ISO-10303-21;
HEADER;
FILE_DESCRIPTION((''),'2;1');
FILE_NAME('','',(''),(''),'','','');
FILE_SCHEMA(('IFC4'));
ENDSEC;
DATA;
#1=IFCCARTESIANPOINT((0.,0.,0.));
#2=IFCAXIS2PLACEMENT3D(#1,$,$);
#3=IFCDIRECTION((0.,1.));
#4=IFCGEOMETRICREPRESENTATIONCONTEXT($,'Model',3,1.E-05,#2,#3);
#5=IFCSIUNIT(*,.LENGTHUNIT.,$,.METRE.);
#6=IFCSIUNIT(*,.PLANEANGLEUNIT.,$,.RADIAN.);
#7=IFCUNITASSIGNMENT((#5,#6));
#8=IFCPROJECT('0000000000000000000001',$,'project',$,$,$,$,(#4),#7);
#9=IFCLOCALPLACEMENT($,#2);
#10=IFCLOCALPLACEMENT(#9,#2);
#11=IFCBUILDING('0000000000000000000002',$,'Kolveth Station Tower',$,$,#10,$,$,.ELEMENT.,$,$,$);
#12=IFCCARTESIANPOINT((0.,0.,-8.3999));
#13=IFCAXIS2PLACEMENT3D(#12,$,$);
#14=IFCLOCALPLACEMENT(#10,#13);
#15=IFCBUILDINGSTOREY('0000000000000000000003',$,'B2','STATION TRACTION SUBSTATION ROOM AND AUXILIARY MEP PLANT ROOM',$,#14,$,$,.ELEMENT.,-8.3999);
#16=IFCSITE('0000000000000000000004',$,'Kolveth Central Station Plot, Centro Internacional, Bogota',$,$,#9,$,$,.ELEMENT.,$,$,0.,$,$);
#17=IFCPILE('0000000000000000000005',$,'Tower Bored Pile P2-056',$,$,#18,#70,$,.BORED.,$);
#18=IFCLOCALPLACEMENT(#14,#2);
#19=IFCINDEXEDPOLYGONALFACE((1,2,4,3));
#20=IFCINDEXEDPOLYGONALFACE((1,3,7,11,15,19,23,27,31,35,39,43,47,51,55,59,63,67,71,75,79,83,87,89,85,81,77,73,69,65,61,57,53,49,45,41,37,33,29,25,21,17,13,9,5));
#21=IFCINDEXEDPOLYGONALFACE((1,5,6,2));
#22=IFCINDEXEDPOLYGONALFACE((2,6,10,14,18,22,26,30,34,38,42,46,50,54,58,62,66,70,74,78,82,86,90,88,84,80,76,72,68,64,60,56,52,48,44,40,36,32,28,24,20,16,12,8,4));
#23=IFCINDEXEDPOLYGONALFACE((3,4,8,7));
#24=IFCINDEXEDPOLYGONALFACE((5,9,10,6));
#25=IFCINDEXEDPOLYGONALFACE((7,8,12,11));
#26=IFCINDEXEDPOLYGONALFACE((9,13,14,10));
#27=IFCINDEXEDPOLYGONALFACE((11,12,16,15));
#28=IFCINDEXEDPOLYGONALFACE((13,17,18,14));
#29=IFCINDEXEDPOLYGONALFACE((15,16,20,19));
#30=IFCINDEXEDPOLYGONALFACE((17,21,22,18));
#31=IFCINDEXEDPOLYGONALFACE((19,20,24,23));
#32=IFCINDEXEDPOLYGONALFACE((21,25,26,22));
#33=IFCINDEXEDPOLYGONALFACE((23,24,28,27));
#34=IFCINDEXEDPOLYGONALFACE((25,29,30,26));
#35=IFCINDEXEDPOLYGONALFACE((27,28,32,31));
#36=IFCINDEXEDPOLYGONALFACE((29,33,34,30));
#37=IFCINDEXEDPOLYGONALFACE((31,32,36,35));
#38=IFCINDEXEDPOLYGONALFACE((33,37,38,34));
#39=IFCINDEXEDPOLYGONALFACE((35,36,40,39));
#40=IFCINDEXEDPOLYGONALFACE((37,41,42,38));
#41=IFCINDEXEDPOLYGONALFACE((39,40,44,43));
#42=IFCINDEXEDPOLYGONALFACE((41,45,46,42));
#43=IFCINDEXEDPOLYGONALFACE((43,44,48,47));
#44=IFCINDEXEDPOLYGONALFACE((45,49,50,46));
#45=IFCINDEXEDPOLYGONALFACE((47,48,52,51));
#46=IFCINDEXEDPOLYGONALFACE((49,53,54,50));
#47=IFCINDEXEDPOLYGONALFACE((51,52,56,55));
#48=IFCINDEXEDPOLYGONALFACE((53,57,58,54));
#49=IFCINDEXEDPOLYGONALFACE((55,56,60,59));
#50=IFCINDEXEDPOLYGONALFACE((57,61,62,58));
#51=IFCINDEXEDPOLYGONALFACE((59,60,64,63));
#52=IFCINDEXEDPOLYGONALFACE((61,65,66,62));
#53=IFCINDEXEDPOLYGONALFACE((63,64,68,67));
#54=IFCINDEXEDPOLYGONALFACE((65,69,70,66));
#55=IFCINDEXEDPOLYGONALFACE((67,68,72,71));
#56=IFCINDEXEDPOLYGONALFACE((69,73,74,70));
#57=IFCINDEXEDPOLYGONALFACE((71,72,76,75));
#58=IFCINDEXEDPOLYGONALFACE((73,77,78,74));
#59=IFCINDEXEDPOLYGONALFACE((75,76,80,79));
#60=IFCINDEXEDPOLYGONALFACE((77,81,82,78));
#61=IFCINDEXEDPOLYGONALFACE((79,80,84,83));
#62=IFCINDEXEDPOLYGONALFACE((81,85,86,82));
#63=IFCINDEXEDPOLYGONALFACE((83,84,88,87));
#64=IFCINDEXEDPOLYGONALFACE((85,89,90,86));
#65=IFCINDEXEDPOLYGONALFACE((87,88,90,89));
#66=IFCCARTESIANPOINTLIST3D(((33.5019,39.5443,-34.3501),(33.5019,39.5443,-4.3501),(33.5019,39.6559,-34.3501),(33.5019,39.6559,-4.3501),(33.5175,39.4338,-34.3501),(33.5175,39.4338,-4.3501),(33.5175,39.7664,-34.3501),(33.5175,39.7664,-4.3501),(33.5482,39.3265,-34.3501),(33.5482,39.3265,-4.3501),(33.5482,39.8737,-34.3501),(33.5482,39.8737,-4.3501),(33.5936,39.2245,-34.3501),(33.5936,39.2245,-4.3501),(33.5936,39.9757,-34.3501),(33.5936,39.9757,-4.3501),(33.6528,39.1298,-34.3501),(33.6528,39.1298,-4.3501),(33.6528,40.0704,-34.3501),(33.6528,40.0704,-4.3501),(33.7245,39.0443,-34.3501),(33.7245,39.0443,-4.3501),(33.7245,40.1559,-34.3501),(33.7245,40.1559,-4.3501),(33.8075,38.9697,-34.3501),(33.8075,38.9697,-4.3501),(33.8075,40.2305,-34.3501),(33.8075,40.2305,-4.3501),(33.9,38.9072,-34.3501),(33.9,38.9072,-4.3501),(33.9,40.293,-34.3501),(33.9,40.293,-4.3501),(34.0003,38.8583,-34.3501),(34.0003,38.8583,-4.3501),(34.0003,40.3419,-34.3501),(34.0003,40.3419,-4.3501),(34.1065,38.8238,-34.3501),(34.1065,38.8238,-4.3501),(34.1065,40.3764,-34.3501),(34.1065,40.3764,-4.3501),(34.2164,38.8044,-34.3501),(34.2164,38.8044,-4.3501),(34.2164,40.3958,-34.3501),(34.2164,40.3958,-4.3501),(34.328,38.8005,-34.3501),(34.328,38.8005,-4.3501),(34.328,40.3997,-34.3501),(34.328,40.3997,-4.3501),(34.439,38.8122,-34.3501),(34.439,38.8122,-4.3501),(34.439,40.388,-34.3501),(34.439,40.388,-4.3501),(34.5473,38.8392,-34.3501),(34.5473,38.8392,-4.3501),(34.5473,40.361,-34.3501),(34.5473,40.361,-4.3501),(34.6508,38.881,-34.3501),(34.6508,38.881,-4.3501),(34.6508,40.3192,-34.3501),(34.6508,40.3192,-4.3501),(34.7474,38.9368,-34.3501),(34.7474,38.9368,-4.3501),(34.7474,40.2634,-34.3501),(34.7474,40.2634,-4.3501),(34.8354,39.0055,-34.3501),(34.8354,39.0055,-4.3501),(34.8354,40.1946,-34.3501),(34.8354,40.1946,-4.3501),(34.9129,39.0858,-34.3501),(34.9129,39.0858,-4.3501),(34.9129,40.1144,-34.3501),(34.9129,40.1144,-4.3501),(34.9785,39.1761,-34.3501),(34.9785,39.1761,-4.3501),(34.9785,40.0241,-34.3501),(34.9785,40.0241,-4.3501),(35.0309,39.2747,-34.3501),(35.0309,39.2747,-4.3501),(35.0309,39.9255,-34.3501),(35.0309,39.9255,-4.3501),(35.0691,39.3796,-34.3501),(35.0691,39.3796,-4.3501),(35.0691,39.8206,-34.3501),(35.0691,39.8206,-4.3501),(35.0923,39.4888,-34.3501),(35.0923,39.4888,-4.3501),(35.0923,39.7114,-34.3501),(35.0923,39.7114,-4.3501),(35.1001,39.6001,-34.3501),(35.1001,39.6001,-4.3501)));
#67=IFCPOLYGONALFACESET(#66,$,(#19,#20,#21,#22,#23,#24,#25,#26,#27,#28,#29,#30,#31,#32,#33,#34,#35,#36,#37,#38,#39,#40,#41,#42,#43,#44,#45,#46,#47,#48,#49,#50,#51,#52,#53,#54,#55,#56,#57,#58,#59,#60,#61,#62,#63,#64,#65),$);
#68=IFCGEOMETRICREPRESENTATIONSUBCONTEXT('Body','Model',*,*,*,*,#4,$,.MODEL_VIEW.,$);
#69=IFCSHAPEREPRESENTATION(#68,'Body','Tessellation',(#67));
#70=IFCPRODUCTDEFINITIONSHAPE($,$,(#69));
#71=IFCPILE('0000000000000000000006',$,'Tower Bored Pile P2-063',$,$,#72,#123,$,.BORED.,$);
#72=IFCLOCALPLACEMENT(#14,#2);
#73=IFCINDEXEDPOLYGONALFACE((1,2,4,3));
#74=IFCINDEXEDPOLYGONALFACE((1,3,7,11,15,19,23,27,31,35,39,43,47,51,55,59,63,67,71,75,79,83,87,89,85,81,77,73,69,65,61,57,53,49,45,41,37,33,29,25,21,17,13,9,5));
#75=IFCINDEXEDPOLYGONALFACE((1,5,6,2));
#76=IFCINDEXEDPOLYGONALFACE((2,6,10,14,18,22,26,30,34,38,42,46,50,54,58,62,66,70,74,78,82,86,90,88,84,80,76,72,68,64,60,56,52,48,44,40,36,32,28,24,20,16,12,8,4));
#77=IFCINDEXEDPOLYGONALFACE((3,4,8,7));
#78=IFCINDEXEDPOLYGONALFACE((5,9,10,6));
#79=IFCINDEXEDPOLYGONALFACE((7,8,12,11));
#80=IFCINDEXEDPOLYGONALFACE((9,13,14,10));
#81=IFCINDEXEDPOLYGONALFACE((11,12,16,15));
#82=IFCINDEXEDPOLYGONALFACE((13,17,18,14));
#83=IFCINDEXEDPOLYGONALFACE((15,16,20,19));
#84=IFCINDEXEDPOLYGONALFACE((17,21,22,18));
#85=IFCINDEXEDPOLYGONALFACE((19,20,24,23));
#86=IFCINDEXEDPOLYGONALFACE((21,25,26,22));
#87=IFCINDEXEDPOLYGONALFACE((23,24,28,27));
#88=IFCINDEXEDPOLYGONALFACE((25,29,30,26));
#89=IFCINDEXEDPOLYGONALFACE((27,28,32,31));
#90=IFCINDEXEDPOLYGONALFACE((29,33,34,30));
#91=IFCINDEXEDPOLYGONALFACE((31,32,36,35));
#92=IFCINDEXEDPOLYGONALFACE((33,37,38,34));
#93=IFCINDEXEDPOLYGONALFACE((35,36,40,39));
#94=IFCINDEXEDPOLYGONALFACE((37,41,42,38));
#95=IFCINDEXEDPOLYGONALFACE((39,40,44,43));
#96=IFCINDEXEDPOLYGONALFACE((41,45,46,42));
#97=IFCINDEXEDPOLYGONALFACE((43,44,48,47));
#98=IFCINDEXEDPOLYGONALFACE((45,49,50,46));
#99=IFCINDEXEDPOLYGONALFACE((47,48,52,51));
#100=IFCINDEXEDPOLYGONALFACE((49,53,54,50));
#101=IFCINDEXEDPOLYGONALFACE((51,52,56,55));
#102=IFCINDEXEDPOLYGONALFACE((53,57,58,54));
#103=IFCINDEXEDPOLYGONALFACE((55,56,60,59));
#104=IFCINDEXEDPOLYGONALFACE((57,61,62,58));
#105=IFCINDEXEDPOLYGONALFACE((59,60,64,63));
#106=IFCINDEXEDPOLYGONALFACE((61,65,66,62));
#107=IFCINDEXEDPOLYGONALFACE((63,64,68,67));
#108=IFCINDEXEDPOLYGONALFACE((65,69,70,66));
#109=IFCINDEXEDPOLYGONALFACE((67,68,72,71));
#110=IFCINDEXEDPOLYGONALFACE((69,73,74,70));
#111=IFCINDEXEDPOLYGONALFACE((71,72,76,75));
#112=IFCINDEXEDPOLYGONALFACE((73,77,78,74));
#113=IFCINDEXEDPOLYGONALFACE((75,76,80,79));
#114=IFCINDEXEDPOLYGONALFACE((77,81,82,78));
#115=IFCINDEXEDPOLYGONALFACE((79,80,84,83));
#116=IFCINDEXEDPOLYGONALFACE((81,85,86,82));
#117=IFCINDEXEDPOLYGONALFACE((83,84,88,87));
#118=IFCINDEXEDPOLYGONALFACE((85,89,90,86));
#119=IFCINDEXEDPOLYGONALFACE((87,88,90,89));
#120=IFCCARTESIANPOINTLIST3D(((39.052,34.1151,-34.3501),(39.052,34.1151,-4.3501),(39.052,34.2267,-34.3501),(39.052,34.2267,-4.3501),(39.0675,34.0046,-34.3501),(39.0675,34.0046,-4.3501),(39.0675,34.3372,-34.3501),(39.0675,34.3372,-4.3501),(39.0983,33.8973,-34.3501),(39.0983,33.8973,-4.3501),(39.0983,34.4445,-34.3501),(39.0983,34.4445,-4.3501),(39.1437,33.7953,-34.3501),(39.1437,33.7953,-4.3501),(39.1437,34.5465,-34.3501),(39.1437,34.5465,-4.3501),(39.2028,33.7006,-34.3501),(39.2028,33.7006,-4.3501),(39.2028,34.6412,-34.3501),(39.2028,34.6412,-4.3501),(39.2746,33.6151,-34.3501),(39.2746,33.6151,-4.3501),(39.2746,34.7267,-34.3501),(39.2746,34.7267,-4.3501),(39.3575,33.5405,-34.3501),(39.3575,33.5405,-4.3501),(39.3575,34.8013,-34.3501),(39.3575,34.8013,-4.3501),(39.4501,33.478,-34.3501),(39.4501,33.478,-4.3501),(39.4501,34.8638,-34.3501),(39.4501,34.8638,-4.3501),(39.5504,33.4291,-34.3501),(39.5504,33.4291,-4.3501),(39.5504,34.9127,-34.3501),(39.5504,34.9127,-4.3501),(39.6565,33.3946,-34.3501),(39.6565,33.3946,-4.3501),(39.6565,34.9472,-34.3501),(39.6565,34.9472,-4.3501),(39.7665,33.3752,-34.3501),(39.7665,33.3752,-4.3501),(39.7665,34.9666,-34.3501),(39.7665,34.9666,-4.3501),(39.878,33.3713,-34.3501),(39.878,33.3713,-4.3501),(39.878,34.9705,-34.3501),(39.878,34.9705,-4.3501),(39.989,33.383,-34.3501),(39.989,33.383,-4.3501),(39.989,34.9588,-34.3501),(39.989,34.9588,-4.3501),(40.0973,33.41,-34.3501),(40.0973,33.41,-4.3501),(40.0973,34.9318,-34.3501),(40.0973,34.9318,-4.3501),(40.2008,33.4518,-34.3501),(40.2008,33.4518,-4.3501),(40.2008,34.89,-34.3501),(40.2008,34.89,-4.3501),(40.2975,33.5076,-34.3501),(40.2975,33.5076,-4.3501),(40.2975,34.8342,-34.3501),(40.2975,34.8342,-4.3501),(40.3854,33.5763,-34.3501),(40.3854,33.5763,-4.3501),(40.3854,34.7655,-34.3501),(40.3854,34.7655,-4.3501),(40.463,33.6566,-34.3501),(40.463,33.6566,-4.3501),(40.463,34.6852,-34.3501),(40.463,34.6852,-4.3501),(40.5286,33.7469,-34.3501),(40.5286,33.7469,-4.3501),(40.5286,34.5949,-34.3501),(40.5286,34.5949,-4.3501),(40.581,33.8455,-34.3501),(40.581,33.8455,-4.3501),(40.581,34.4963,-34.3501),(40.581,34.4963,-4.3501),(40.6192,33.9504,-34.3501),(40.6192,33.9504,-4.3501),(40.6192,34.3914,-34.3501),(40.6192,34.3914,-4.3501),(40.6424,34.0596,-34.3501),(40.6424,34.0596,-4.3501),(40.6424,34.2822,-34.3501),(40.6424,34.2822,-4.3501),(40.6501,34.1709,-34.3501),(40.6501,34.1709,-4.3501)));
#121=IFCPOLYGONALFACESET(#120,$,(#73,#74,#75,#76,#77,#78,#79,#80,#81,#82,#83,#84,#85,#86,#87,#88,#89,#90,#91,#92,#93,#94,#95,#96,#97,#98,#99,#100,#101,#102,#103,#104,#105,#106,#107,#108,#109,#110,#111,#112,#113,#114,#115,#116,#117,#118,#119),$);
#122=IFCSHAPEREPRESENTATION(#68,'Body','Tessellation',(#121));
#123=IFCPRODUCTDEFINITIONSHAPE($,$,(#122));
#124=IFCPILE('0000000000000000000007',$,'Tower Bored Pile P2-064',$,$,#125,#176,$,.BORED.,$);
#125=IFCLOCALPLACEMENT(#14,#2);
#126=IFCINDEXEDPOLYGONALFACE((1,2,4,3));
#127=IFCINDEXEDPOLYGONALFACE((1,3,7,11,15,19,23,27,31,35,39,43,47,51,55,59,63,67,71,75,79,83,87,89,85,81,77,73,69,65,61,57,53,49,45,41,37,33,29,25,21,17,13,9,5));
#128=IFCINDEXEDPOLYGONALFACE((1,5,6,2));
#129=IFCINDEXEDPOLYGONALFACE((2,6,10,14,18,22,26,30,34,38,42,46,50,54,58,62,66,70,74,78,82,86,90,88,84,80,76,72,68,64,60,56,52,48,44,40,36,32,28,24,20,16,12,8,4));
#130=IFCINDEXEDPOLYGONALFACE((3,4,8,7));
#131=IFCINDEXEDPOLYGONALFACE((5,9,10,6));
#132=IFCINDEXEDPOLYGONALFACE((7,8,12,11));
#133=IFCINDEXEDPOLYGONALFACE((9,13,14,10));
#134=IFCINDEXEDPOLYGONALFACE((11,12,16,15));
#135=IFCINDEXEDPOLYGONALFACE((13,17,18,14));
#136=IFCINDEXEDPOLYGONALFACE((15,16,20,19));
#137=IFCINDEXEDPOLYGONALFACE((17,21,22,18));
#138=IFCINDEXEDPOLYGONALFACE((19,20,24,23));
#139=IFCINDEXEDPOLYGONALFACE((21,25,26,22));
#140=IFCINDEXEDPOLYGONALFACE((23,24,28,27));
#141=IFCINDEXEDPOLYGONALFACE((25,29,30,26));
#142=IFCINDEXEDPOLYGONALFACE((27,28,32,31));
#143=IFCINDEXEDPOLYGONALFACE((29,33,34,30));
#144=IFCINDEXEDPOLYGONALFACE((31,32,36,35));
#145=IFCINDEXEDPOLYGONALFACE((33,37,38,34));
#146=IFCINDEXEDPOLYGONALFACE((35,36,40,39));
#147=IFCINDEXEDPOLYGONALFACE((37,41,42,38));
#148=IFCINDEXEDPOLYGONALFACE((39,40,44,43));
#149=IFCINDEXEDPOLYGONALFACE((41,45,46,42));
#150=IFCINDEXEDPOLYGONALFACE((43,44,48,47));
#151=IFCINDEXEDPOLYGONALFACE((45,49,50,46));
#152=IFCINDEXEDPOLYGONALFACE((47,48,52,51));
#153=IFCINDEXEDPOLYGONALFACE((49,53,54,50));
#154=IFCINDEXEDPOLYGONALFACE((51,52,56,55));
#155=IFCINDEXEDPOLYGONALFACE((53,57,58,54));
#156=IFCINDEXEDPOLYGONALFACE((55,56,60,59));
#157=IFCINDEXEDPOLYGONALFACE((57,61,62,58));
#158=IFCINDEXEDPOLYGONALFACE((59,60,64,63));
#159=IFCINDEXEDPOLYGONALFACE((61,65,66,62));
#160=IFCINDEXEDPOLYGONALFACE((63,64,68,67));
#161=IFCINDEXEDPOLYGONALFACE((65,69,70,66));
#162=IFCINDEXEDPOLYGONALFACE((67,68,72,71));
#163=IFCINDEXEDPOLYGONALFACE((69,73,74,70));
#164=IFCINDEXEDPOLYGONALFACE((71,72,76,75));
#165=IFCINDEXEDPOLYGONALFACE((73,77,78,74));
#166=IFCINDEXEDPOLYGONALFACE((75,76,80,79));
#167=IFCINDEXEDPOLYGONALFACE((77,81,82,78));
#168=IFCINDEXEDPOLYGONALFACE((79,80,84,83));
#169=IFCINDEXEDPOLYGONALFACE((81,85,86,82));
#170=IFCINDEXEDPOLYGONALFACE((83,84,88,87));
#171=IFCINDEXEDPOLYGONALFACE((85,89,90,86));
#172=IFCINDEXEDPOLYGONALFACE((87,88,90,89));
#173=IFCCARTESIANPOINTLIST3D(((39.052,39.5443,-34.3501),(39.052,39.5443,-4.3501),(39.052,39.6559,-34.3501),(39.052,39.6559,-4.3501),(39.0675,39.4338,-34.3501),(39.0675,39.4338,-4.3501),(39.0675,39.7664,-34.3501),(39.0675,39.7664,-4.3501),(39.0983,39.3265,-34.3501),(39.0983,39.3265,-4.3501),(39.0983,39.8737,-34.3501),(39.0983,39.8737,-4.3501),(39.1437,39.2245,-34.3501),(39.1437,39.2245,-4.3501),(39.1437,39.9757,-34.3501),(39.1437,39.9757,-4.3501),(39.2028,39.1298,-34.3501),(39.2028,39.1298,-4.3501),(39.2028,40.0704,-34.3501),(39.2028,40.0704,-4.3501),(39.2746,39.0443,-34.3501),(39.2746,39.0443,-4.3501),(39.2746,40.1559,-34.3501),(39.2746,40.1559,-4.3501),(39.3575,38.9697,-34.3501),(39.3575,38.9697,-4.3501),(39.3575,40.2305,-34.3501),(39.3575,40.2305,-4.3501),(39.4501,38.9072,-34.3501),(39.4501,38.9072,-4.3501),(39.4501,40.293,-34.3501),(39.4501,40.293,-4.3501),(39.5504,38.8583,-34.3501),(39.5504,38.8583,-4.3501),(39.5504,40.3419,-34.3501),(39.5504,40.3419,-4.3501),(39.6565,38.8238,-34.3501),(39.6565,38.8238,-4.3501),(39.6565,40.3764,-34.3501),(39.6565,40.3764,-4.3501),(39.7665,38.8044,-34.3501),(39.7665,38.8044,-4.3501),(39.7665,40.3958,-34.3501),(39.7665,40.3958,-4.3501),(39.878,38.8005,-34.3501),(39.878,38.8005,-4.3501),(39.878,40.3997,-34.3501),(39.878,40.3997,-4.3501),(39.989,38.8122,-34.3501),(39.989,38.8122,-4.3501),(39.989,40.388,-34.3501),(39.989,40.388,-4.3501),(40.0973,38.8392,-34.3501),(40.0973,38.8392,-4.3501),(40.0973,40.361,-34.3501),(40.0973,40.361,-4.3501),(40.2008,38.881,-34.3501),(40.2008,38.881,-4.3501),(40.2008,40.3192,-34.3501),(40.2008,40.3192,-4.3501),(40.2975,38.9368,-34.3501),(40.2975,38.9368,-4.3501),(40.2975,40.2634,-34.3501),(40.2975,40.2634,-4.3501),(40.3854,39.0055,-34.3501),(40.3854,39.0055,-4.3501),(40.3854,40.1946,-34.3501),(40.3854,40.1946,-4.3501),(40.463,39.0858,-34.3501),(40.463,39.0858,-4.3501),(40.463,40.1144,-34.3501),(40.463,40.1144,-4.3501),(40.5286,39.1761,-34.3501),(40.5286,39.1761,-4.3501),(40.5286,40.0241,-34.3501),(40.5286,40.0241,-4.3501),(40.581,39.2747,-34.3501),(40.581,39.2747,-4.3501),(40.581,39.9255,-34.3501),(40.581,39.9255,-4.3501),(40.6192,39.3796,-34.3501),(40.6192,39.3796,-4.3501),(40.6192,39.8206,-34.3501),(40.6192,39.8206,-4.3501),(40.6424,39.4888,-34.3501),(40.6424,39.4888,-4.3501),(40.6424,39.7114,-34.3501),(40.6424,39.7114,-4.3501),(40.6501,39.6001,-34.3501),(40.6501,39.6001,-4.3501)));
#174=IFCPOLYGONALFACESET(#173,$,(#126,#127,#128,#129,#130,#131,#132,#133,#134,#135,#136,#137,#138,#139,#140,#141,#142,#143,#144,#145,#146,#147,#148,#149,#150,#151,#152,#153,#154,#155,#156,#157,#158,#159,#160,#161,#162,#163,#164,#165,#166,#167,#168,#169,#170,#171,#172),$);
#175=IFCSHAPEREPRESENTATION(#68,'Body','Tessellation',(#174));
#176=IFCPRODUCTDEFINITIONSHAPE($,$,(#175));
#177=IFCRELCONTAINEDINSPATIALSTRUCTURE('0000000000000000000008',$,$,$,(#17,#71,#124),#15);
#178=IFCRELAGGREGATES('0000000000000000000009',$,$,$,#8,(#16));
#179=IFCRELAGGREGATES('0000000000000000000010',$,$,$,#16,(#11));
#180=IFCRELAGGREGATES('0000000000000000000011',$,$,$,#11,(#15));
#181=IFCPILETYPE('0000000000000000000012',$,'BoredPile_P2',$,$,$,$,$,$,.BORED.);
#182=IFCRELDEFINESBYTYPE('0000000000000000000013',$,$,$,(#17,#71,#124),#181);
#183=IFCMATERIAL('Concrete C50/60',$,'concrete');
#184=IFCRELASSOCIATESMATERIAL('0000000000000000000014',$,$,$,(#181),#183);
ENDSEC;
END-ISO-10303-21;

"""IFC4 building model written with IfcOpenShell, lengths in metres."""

from ifc_helpers import new_model, si_unit, direction, frame, origin, origin_2d, place, context, subcontext, project, spatial, circle, extrude, source, transform, mapped, material, material_profile, profile_set, type_object, element, save


model = new_model("IFC4")

# Units and contexts
model_context = context("Model", 3, precision=1e-05, world=origin(), true_north=direction((0.0, 1.0)))
body_context = subcontext(model_context, "Body", "Model", "MODEL_VIEW")
ifc_project = project(units=[si_unit("LENGTHUNIT", "METRE"), si_unit("PLANEANGLEUNIT", "RADIAN")], contexts=[model_context])

# Site, building, storey
site_placement = place(None, origin())
site = spatial("IfcSite", under=ifc_project, at=site_placement, Name="Kolveth Central Station Plot, Centro Internacional, Bogota", CompositionType="ELEMENT", RefElevation=0.0)
building_placement = place(site_placement, origin())
building = spatial("IfcBuilding", under=site, at=building_placement, Name="Kolveth Station Tower", CompositionType="ELEMENT")
storey_placement = place(building_placement, frame((0.0, 0.0, -8.3999)))
storey = spatial("IfcBuildingStorey", under=building, at=storey_placement, Name="B2", Description="STATION TRACTION SUBSTATION ROOM AND AUXILIARY MEP PLANT ROOM", CompositionType="ELEMENT", Elevation=-8.3999)

# Piles
ifc_material_1 = material(Name="Concrete C50/60", Category="concrete")
ifc_material_profile_1 = material_profile(ifc_material_1, circle(Radius=0.8, at=origin_2d()), Name="PILE-D1600")
ifc_profile_set_1 = profile_set([ifc_material_profile_1], Name="Concrete C50/60")
pile_type_1 = type_object("IfcPileType", Name="BoredPile_P2", PredefinedType="BORED", material=ifc_profile_set_1)
shared_shape_1 = source(origin(), body_context, "Body", "SweptSolid", [
    extrude(circle(Radius=0.8, at=origin_2d()), origin(), (0.0, 0.0, 1.0), 30.0),
])
for number, where, z_axis, x_axis, name in (
    (1, (34.3, 39.6001, -4.3501), (0.0, 0.0, -1.0), (1.0, 0.0, 0.0), "Tower Bored Pile P2-056"),
    (2, (39.8501, 34.1709, -4.3501), (0.0, 0.0, -1.0), (1.0, 0.0, 0.0), "Tower Bored Pile P2-063"),
    (3, (39.8501, 39.6001, -4.3501), (0.0, 0.0, -1.0), (1.0, 0.0, 0.0), "Tower Bored Pile P2-064"),
):
    element("IfcPile", number, at=place(storey_placement, frame(where, z_axis=z_axis, x_axis=x_axis)), inside=storey, type_object=pile_type_1, Name=name, PredefinedType="BORED", context=body_context, shape_type="MappedRepresentation", body=[
        mapped(shared_shape_1, transform((0.0, 0.0, 0.0), x_axis=(1.0, 0.0, 0.0), y_axis=(0.0, 1.0, 0.0), z_axis=(0.0, 0.0, 1.0), scale=1.0)),
    ])

save(model, "model.ifc")
